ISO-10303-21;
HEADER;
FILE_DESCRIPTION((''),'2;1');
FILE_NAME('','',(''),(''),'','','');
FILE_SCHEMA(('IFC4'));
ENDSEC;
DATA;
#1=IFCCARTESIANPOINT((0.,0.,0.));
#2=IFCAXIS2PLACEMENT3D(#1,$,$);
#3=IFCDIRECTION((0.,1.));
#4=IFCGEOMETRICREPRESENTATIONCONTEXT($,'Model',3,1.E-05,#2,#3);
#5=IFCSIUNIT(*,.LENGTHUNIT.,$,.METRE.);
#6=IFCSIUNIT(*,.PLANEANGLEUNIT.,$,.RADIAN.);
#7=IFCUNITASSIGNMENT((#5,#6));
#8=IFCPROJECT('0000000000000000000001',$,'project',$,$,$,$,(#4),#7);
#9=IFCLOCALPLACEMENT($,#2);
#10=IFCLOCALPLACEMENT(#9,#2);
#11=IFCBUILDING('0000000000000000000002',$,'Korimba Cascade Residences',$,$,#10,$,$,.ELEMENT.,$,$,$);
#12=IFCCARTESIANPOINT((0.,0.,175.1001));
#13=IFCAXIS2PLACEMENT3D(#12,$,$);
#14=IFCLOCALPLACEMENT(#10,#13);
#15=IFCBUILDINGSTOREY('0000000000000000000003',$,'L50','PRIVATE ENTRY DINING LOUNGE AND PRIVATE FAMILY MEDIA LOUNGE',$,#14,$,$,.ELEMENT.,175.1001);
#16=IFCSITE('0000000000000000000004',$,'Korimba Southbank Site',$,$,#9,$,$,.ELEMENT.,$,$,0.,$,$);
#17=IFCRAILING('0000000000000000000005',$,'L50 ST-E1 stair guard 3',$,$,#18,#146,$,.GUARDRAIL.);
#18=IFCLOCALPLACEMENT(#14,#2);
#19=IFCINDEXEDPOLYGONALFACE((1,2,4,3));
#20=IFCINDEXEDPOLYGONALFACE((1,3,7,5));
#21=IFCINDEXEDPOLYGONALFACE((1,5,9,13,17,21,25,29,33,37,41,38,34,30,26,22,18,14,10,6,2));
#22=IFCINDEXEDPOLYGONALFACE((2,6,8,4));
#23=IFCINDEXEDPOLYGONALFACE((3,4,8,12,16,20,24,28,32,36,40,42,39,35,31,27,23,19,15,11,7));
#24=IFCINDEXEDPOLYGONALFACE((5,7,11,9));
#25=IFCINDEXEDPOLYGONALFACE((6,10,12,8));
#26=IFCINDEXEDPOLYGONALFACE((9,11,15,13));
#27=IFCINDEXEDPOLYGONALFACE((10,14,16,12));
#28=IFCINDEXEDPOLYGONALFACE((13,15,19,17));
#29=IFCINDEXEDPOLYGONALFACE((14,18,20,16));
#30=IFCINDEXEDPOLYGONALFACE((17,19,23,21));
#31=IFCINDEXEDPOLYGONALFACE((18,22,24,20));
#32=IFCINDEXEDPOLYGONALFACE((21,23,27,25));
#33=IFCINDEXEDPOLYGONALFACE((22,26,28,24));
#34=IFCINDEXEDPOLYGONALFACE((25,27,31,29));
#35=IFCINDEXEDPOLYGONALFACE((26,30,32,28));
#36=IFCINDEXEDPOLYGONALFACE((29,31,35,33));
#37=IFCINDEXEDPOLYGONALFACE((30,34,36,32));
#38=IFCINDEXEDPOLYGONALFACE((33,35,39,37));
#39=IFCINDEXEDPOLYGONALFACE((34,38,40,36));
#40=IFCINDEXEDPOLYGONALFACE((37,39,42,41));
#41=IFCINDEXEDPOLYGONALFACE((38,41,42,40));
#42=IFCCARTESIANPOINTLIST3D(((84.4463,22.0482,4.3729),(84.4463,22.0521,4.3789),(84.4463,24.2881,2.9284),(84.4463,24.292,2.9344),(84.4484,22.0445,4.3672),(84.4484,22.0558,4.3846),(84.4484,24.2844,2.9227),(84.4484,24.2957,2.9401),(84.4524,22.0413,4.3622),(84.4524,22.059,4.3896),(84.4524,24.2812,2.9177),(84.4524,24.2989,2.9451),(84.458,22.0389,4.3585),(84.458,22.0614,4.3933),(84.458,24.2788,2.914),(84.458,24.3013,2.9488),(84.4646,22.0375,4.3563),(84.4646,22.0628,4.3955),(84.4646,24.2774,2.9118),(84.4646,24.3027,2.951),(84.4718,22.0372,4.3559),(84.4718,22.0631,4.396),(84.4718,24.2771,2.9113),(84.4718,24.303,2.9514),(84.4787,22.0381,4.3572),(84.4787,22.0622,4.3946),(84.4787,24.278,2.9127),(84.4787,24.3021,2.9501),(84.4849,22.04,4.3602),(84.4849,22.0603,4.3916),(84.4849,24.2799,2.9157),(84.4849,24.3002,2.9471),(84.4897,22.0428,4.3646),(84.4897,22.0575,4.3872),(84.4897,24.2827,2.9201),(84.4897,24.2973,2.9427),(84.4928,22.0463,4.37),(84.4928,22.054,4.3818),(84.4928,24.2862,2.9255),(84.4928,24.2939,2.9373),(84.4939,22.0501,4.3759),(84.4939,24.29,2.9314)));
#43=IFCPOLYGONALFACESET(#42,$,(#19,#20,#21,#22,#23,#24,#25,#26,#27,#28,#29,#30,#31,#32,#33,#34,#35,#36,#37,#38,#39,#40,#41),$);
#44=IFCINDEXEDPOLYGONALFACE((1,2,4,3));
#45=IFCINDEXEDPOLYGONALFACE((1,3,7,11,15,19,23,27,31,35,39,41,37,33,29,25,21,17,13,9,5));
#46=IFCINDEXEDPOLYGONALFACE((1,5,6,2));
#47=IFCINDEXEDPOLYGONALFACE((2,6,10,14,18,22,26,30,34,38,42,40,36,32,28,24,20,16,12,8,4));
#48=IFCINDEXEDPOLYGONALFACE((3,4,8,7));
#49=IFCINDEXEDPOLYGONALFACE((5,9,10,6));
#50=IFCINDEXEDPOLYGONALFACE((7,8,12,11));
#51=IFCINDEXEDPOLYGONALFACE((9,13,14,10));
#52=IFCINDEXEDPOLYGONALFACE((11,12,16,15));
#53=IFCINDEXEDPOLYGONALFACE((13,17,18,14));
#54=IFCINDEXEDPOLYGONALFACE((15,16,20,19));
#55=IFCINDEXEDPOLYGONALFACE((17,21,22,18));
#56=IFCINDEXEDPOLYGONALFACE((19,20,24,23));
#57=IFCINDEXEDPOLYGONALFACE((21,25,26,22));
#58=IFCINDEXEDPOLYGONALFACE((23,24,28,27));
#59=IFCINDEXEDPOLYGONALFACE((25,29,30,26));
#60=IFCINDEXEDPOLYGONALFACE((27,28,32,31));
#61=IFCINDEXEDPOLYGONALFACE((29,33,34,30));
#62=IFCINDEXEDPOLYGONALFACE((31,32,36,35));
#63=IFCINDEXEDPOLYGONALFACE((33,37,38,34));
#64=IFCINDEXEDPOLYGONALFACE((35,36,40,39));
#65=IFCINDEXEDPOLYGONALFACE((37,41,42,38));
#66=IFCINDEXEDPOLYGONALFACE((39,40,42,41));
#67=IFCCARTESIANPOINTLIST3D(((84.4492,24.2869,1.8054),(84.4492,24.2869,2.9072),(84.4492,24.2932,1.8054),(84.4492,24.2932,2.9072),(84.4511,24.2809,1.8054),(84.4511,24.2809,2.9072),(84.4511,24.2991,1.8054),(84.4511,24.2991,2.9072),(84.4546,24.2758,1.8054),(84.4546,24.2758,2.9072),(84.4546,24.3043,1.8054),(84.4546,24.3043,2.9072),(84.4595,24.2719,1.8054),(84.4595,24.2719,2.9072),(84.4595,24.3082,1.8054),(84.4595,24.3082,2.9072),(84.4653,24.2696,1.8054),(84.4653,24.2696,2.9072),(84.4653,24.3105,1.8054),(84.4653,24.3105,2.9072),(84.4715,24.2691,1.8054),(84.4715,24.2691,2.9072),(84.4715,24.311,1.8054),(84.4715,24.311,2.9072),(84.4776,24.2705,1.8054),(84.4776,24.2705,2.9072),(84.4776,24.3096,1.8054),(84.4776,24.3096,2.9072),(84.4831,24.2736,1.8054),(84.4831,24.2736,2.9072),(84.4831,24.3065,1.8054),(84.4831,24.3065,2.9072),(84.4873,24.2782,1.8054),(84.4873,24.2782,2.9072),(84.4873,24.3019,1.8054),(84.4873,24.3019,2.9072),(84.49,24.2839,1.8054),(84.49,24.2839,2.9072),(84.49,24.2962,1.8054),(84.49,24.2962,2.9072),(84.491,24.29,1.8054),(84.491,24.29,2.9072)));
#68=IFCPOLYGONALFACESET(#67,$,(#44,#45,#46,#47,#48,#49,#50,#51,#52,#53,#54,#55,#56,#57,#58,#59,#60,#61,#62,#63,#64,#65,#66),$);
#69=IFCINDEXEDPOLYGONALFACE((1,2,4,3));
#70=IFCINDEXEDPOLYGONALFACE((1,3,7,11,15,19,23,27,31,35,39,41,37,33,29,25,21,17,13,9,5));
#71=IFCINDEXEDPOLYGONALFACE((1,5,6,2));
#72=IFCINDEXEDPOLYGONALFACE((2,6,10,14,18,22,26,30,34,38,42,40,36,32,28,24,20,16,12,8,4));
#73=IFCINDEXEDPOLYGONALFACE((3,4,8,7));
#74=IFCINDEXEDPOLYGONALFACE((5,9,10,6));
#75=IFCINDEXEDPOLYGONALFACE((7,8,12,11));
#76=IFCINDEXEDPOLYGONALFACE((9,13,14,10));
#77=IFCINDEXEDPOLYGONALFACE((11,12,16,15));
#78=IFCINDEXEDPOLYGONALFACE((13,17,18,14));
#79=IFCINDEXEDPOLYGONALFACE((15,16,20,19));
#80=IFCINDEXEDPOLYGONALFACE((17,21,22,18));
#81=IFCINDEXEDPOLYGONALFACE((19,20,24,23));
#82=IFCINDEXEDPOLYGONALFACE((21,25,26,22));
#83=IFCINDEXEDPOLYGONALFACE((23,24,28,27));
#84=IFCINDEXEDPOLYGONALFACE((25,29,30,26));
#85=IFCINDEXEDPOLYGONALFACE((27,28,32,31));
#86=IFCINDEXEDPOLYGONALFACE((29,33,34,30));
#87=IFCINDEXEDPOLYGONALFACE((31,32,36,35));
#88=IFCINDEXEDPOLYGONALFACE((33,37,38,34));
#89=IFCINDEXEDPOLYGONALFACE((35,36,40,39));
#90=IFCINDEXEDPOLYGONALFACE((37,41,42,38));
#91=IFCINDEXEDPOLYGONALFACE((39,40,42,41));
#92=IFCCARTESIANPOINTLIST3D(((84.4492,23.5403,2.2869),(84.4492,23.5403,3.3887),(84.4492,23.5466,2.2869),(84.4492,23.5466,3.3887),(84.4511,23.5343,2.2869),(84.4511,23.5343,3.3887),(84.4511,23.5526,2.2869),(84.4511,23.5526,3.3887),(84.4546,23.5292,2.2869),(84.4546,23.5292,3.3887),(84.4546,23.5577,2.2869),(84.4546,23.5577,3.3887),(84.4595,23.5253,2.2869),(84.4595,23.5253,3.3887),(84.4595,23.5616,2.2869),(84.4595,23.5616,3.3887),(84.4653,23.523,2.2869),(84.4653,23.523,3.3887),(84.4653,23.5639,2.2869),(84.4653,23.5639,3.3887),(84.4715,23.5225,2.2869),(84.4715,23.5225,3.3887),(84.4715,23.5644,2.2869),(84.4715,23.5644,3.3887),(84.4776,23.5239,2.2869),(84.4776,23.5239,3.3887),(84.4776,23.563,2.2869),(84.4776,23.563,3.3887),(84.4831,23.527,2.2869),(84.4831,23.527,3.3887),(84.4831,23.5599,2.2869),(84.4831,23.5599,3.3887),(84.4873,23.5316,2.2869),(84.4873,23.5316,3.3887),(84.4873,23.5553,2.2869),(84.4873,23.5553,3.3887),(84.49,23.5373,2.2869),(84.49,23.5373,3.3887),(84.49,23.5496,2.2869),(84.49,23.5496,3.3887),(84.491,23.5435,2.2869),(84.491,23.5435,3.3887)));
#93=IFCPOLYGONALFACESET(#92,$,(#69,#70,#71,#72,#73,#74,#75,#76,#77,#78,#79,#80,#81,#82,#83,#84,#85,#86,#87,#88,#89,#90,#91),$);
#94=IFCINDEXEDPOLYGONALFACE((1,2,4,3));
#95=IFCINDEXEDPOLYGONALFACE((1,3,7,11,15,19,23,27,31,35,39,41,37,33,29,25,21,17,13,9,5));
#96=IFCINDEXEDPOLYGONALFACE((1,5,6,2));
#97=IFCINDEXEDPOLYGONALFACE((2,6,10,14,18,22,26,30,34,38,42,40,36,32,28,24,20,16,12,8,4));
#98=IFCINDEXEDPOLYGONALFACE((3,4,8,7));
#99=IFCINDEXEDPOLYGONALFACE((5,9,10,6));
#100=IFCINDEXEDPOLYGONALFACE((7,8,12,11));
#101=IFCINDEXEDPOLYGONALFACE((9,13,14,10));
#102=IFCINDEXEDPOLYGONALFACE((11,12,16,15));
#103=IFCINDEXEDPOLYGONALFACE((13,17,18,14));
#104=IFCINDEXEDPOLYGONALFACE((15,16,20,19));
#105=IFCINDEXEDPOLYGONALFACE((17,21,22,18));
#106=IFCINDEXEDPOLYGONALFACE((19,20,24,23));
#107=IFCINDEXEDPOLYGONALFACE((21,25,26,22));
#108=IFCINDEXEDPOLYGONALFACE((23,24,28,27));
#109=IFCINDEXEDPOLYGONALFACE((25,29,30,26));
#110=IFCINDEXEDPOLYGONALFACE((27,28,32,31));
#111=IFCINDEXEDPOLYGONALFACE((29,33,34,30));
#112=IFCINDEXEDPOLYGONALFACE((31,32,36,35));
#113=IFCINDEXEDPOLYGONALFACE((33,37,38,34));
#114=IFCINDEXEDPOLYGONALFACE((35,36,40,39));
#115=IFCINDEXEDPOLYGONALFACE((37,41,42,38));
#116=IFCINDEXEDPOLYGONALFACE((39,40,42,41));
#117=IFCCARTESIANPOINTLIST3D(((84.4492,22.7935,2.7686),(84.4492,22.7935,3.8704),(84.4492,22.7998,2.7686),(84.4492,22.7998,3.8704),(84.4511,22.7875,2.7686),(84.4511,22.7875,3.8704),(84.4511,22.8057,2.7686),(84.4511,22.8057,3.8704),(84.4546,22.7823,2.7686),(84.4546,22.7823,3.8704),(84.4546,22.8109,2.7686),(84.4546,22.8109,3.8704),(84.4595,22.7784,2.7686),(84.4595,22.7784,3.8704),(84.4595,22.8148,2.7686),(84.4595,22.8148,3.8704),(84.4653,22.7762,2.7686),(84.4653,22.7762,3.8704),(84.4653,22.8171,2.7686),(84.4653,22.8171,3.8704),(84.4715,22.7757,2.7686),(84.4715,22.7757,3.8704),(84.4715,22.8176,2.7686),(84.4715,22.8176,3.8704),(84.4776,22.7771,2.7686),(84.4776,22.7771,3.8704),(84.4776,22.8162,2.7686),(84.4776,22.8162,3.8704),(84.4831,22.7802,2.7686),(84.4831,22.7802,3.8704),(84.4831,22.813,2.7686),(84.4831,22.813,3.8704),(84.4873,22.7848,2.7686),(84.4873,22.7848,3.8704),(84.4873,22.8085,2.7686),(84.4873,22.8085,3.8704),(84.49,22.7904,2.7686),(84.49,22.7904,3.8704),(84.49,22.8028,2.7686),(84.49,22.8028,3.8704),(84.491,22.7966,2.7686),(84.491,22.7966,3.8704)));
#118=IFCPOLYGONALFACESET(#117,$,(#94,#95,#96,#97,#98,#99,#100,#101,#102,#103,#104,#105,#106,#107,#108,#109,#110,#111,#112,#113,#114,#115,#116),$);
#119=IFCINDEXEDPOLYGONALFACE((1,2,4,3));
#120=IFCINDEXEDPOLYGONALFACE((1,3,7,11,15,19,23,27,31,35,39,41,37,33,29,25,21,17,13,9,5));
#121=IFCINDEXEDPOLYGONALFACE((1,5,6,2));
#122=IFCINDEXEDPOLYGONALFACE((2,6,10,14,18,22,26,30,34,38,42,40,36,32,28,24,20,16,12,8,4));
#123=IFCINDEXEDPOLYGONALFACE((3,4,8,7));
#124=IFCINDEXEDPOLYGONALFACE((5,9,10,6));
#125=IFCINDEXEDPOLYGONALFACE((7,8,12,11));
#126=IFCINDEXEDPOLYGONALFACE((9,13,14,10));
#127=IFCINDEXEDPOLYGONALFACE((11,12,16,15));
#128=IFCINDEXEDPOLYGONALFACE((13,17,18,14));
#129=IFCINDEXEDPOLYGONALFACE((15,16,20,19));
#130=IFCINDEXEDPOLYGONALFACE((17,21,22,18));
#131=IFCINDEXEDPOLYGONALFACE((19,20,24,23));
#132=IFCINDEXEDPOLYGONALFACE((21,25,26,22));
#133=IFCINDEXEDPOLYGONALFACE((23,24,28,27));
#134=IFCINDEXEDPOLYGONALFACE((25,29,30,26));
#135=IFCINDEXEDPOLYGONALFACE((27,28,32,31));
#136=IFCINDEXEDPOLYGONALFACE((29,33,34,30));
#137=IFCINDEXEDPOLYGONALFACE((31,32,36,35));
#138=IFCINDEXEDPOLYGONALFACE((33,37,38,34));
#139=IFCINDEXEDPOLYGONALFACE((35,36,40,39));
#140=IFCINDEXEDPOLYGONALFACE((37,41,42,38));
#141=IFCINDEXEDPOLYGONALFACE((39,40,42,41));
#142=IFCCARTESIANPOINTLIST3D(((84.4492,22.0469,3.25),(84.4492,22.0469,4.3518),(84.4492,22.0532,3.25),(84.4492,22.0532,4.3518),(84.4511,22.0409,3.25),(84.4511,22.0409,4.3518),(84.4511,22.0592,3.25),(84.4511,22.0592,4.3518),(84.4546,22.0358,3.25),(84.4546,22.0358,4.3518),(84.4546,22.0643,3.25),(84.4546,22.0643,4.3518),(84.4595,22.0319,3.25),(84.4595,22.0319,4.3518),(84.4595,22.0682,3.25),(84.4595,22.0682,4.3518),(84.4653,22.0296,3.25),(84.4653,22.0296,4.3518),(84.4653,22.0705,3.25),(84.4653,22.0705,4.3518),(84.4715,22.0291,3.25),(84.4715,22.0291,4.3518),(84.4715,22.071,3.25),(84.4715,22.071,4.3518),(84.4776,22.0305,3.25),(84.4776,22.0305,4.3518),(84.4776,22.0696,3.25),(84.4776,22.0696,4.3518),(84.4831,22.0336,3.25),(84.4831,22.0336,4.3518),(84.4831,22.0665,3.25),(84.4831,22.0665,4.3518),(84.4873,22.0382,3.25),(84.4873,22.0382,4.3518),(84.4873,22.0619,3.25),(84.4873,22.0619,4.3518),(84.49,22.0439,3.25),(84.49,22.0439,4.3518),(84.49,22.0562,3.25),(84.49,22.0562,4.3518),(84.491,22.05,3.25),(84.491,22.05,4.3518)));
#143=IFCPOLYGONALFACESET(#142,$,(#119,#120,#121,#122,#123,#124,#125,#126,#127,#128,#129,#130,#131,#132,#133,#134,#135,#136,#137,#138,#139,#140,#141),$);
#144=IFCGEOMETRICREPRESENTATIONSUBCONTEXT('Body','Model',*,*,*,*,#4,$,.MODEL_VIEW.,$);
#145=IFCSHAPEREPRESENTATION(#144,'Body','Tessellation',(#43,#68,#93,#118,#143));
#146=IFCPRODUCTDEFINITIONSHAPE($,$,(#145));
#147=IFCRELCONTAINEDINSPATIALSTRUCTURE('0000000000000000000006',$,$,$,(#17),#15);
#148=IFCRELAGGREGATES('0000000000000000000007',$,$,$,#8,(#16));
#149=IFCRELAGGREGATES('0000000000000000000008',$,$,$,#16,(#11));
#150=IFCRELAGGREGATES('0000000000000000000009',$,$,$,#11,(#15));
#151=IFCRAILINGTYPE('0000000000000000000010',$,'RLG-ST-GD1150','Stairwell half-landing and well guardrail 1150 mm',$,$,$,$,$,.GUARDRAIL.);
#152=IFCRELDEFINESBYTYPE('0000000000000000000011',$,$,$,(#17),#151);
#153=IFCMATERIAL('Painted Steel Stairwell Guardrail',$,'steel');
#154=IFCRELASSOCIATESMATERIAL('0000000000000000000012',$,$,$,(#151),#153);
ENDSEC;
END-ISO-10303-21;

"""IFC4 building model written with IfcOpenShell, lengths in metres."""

from ifc_helpers import new_model, si_unit, direction, frame, origin, origin_2d, place, context, subcontext, project, spatial, circle, extrude, material, type_object, element, save


model = new_model("IFC4")

# Units and contexts
model_context = context("Model", 3, precision=1e-05, world=origin(), true_north=direction((0.0, 1.0)))
body_context = subcontext(model_context, "Body", "Model", "MODEL_VIEW")
ifc_project = project(units=[si_unit("LENGTHUNIT", "METRE"), si_unit("PLANEANGLEUNIT", "RADIAN")], contexts=[model_context])

# Site, building, storey
site_placement = place(None, origin())
site = spatial("IfcSite", under=ifc_project, at=site_placement, Name="Korimba Southbank Site", CompositionType="ELEMENT", RefElevation=0.0)
building_placement = place(site_placement, origin())
building = spatial("IfcBuilding", under=site, at=building_placement, Name="Korimba Cascade Residences", CompositionType="ELEMENT")
storey_placement = place(building_placement, frame((0.0, 0.0, 175.1001)))
storey = spatial("IfcBuildingStorey", under=building, at=storey_placement, Name="L50", Description="PRIVATE ENTRY DINING LOUNGE AND PRIVATE FAMILY MEDIA LOUNGE", CompositionType="ELEMENT", Elevation=175.1001)

# Railing
ifc_material_1 = material(Name="Painted Steel Stairwell Guardrail", Category="steel")
railing_type_1 = type_object("IfcRailingType", Name="RLG-ST-GD1150", Description="Stairwell half-landing and well guardrail 1150 mm", PredefinedType="GUARDRAIL", material=ifc_material_1)
railing_1_placement = place(storey_placement, frame((84.47, 24.29, 1.8054)))
element("IfcRailing", 1, at=railing_1_placement, inside=storey, type_object=railing_type_1, Name="L50 ST-E1 stair guard 3", PredefinedType="GUARDRAIL", context=body_context, shape_type="SweptSolid", body=[
    extrude(circle(Radius=0.0239, at=origin_2d()), frame((0.0, 0.0, 1.126), z_axis=(0.0, -0.840395, 0.541975), x_axis=(1.0, 0.0, 0.0)), (0.0, 0.0, 1.0), 2.6653),
    extrude(circle(Radius=0.021, at=origin_2d()), origin(), (0.0, 0.0, 1.0), 1.1018),
    extrude(circle(Radius=0.021, at=origin_2d()), frame((0.0, -0.7466, 0.4814)), (0.0, 0.0, 1.0), 1.1018),
    extrude(circle(Radius=0.021, at=origin_2d()), frame((0.0, -1.4934, 0.9631)), (0.0, 0.0, 1.0), 1.1018),
    extrude(circle(Radius=0.021, at=origin_2d()), frame((0.0, -2.24, 1.4446)), (0.0, 0.0, 1.0), 1.1018),
])

save(model, "model.ifc")
